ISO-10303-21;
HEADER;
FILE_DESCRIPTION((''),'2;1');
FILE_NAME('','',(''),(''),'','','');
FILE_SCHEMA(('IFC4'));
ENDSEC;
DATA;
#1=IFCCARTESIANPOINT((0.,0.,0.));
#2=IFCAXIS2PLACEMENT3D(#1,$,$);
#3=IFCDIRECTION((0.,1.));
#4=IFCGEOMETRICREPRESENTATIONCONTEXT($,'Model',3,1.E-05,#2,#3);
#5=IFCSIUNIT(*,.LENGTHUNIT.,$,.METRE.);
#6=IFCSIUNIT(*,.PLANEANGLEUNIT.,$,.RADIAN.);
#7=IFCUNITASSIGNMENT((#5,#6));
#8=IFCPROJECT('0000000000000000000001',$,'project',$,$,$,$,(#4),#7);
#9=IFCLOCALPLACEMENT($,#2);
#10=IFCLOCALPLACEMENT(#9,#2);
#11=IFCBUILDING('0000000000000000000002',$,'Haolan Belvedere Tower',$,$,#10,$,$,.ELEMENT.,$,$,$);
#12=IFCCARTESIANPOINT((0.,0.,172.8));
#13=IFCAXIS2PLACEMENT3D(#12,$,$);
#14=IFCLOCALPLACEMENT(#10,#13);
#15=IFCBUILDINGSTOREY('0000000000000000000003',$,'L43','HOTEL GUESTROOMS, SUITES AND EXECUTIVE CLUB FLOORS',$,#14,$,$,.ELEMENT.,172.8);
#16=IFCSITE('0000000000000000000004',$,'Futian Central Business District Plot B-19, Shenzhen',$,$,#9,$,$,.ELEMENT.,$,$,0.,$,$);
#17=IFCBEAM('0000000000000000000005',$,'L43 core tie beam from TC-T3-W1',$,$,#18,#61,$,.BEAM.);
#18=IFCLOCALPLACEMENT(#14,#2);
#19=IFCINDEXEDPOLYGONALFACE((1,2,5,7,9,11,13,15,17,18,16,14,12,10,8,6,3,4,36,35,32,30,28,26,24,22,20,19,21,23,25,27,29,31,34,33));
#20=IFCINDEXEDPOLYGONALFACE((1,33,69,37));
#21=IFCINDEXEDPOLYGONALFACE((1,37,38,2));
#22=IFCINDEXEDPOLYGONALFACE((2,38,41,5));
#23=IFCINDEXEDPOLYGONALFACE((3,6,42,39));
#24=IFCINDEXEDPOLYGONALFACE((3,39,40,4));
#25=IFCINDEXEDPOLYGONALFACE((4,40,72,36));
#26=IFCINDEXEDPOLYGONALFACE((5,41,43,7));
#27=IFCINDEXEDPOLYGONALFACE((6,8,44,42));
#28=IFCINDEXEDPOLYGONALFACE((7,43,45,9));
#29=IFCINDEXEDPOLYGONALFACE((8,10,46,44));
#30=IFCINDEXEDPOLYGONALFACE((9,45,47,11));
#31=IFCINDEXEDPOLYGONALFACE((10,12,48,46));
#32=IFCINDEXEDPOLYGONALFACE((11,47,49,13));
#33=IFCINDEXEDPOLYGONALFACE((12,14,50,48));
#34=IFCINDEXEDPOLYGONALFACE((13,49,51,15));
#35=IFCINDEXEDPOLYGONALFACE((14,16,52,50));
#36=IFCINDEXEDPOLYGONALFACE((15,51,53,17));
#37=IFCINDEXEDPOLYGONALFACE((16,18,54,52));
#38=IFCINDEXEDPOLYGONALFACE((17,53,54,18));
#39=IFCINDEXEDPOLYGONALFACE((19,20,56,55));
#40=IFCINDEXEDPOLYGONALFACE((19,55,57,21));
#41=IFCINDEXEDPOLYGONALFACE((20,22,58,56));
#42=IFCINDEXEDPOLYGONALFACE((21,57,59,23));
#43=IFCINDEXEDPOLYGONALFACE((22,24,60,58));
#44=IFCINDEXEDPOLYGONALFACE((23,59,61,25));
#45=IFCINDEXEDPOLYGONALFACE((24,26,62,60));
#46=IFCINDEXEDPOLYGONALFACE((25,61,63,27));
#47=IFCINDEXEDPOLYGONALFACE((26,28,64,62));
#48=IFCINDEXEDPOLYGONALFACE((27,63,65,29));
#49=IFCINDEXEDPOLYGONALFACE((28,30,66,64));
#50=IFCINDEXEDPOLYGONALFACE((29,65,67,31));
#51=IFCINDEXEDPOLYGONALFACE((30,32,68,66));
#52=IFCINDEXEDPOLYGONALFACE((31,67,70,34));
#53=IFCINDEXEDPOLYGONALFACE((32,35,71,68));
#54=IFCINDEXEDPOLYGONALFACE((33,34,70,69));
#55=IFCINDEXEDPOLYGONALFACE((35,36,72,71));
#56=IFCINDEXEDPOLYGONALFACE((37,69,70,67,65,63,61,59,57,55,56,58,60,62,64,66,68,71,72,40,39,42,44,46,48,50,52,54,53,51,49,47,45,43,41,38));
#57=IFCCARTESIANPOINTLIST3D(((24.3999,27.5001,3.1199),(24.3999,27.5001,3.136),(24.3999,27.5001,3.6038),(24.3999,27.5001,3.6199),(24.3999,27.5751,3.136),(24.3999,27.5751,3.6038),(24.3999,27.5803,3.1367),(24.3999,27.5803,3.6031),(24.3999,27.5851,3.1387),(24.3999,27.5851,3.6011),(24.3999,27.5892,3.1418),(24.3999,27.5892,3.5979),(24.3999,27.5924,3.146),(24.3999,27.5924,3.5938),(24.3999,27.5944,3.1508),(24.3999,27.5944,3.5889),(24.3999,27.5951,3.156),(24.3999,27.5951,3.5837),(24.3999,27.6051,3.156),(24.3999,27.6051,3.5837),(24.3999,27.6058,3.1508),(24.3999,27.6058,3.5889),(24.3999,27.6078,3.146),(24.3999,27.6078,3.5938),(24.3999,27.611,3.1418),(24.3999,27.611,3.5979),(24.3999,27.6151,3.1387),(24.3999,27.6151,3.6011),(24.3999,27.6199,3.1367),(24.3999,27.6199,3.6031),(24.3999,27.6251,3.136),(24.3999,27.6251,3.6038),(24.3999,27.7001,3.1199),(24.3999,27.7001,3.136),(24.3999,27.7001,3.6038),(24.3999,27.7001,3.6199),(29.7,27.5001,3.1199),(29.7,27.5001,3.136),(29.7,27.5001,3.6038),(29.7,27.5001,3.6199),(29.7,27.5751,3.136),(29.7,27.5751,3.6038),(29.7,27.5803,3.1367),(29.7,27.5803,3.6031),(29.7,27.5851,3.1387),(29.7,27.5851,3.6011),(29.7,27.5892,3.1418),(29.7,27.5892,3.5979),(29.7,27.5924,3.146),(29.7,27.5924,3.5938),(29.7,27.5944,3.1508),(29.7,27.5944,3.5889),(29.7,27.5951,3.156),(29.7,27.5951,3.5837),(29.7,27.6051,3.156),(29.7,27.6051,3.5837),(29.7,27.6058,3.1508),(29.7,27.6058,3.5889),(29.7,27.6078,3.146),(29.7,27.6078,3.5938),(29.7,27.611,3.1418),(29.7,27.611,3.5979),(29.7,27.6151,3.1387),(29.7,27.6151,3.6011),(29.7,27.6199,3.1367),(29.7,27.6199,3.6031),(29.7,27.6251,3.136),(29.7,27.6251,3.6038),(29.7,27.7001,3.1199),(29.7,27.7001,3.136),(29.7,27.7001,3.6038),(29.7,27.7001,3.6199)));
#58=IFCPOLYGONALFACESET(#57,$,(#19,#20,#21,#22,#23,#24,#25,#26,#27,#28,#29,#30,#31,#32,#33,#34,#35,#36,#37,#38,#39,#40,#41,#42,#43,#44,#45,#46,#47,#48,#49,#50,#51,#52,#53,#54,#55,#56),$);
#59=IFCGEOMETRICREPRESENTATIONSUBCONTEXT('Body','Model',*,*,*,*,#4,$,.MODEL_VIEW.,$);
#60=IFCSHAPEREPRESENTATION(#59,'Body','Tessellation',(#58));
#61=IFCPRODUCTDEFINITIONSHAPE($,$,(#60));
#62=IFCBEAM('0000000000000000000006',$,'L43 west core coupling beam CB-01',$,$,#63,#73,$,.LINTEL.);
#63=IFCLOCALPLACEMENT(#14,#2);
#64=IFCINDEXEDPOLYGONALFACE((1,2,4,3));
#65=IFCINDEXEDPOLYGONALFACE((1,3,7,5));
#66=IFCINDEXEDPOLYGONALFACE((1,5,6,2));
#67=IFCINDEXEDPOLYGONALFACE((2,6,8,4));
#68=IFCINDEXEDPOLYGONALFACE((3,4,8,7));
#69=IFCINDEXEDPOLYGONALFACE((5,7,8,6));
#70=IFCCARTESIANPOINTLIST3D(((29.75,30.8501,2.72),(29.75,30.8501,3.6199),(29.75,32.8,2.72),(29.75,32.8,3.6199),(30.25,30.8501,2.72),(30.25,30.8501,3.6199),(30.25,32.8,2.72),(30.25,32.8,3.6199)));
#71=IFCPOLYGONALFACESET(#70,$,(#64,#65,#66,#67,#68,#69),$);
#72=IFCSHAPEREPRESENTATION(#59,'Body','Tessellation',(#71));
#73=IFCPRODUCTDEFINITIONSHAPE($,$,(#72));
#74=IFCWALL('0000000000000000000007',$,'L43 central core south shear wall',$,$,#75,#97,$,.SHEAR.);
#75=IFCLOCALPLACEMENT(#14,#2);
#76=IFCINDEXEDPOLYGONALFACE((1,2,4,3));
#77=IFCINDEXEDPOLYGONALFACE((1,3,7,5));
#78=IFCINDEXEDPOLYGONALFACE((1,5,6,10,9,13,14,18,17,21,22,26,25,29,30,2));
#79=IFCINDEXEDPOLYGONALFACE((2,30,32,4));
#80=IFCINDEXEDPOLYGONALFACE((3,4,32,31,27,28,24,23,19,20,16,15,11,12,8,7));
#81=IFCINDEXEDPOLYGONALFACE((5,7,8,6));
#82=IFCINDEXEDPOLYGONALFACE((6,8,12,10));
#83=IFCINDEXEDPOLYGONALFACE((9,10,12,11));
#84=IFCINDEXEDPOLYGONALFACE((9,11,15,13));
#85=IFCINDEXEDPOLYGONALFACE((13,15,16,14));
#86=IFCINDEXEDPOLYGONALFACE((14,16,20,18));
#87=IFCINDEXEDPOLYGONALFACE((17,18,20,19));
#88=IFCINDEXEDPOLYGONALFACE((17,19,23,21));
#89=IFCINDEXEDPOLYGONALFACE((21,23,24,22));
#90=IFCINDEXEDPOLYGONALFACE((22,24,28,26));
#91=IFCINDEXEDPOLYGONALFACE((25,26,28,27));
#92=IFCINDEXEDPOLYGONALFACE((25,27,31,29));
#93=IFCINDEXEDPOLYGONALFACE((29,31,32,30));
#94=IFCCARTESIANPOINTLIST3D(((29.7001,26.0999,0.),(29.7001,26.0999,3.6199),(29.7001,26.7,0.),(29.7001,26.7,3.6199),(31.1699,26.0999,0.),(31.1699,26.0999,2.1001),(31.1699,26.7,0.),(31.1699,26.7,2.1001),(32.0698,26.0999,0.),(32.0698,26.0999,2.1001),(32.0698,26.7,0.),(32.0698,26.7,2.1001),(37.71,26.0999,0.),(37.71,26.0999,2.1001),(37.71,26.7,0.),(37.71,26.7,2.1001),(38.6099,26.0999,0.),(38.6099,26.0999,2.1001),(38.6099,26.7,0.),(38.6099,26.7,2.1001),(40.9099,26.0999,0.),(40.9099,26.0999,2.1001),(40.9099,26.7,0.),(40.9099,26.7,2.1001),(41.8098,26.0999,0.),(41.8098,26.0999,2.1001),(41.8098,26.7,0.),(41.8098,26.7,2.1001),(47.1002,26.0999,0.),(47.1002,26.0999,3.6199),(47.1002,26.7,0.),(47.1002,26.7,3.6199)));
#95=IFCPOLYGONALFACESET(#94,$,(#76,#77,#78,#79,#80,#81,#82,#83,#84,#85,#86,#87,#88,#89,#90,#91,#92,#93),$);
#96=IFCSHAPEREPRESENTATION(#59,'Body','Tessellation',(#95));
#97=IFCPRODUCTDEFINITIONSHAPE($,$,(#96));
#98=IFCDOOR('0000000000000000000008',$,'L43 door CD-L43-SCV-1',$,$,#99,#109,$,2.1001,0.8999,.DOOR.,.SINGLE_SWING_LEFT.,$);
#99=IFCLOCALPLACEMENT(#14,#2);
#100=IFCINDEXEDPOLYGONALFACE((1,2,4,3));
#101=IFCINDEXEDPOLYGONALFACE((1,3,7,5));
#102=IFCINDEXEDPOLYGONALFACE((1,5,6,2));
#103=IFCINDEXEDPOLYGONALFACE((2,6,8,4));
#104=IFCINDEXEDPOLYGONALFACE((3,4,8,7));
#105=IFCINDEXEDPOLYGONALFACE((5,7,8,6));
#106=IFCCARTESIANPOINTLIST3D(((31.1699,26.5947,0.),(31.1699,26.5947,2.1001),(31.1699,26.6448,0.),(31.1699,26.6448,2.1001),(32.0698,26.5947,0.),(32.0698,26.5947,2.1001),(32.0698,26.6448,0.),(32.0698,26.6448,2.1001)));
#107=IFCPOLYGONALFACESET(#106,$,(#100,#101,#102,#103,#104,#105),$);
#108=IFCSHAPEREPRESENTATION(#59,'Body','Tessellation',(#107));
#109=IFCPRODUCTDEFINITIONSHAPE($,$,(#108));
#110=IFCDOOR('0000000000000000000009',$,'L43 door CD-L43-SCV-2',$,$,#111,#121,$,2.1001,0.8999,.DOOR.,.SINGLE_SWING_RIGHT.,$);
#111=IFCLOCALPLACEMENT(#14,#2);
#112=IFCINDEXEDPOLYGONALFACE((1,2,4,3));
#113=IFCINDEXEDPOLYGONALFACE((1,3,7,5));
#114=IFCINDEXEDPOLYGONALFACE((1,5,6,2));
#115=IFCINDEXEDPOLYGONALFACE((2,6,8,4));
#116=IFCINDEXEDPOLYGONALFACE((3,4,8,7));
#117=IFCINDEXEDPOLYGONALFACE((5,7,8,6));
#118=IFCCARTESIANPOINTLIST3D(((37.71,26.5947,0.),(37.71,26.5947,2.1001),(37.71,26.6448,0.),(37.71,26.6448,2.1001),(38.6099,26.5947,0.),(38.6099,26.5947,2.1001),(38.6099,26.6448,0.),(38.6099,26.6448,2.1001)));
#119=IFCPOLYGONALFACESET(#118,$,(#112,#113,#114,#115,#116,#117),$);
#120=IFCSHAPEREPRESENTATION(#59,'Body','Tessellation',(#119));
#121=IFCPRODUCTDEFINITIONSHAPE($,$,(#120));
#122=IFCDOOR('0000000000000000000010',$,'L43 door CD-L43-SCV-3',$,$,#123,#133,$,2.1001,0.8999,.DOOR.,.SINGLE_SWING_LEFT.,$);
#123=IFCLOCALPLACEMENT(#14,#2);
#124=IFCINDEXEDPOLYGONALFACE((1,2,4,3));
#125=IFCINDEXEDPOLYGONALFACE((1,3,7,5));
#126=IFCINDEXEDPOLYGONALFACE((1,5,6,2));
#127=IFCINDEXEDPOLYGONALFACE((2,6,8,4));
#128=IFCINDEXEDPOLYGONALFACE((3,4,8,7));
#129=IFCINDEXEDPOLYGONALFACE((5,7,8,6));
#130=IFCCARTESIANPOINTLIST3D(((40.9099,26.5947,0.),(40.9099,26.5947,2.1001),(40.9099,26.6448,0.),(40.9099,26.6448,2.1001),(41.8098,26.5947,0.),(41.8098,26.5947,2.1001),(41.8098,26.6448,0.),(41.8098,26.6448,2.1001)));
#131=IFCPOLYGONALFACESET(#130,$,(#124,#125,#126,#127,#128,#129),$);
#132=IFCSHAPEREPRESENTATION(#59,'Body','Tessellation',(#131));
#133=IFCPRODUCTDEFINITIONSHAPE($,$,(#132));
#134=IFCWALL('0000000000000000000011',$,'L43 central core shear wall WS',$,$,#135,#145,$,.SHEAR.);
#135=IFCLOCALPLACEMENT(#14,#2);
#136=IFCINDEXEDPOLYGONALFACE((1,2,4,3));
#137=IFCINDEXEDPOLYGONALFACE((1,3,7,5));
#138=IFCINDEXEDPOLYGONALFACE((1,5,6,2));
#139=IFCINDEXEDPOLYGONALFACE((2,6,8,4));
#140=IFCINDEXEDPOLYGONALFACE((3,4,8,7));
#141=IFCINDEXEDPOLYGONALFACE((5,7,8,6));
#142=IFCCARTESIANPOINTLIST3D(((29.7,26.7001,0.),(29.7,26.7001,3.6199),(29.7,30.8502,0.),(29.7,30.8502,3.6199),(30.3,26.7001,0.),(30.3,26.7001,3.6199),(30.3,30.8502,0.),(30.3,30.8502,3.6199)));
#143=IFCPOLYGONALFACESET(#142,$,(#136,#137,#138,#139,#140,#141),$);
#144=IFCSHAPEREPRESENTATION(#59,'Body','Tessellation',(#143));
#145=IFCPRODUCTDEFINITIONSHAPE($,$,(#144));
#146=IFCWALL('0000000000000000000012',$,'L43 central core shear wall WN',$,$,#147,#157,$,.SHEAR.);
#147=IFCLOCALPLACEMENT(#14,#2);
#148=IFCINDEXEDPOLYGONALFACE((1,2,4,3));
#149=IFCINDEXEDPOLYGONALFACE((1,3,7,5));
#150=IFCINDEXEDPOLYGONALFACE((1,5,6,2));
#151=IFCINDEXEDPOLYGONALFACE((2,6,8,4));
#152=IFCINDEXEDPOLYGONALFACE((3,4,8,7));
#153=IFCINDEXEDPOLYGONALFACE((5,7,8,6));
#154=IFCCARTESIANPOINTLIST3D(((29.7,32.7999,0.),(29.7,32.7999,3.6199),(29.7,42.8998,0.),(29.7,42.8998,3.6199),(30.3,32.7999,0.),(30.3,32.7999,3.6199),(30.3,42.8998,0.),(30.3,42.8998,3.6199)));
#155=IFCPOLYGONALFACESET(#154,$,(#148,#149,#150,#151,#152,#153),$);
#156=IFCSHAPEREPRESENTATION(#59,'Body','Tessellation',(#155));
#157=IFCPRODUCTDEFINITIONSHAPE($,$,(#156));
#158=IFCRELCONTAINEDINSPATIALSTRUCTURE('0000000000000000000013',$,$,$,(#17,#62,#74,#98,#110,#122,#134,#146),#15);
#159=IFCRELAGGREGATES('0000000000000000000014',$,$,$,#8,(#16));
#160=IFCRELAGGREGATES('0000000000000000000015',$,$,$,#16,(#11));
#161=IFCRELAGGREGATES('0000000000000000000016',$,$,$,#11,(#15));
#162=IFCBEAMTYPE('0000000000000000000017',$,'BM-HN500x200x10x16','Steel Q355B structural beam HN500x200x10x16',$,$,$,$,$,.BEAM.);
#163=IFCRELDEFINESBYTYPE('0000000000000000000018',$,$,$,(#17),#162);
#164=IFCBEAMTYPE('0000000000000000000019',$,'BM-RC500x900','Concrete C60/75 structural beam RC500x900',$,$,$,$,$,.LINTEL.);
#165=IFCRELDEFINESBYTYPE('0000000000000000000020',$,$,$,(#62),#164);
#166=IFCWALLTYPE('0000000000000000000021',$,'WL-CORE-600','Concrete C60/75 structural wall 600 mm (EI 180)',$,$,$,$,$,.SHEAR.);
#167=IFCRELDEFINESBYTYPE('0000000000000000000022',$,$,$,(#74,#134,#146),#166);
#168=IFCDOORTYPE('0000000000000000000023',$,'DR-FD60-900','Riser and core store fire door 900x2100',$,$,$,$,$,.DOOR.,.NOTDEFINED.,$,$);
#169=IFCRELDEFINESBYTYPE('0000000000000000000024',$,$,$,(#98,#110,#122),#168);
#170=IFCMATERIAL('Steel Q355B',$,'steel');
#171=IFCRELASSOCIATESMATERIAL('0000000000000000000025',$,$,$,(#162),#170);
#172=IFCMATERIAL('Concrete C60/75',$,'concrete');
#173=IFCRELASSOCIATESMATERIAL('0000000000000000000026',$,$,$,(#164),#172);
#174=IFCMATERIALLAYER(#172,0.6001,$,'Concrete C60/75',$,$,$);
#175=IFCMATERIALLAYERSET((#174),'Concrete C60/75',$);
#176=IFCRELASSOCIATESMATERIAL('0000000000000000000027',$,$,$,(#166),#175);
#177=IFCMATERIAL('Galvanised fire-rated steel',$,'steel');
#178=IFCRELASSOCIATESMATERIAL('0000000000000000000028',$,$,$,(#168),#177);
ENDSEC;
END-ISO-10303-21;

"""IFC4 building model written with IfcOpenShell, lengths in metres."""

from ifc_helpers import new_model, si_unit, direction, frame, frame_2d, origin, origin_2d, place, context, subcontext, project, spatial, rectangle, i_section, extrude, material, layer, layer_set, material_profile, profile_set, type_object, element, fill, save


model = new_model("IFC4")

# Units and contexts
model_context = context("Model", 3, precision=1e-05, world=origin(), true_north=direction((0.0, 1.0)))
body_context = subcontext(model_context, "Body", "Model", "MODEL_VIEW")
ifc_project = project(units=[si_unit("LENGTHUNIT", "METRE"), si_unit("PLANEANGLEUNIT", "RADIAN")], contexts=[model_context])

# Site, building, storey
site_placement = place(None, origin())
site = spatial("IfcSite", under=ifc_project, at=site_placement, Name="Futian Central Business District Plot B-19, Shenzhen", CompositionType="ELEMENT", RefElevation=0.0)
building_placement = place(site_placement, origin())
building = spatial("IfcBuilding", under=site, at=building_placement, Name="Haolan Belvedere Tower", CompositionType="ELEMENT")
storey_placement = place(building_placement, frame((0.0, 0.0, 172.8)))
storey = spatial("IfcBuildingStorey", under=building, at=storey_placement, Name="L43", Description="HOTEL GUESTROOMS, SUITES AND EXECUTIVE CLUB FLOORS", CompositionType="ELEMENT", Elevation=172.8)

# Beams
ifc_material_1 = material(Name="Steel Q355B", Category="steel")
ifc_material_profile_1 = material_profile(ifc_material_1, i_section(OverallWidth=0.2, OverallDepth=0.5, WebThickness=0.01, FlangeThickness=0.0161, FilletRadius=0.02, at=origin_2d()), Name="Steel Q355B")
ifc_profile_set_1 = profile_set([ifc_material_profile_1], Name="Steel Q355B")
beam_type_1 = type_object("IfcBeamType", Name="BM-HN500x200x10x16", Description="Steel Q355B structural beam HN500x200x10x16", PredefinedType="BEAM", material=ifc_profile_set_1)
beam_1_placement = place(storey_placement, frame((24.3999, 27.6001, 3.3699), z_axis=(1.0, 0.0, 0.0), x_axis=(0.0, 1.0, 0.0)))
element("IfcBeam", 1, at=beam_1_placement, inside=storey, type_object=beam_type_1, Name="L43 core tie beam from TC-T3-W1", PredefinedType="BEAM", context=body_context, shape_type="SweptSolid", body=[
    extrude(i_section(OverallWidth=0.2, OverallDepth=0.5, WebThickness=0.01, FlangeThickness=0.0161, FilletRadius=0.02, at=origin_2d()), origin(), (0.0, 0.0, 1.0), 5.3),
])
ifc_material_2 = material(Name="Concrete C60/75", Category="concrete")
ifc_material_profile_2 = material_profile(ifc_material_2, rectangle(XDim=0.5, YDim=0.8999, at=origin_2d()), Name="Concrete C60/75")
ifc_profile_set_2 = profile_set([ifc_material_profile_2], Name="Concrete C60/75")
beam_type_2 = type_object("IfcBeamType", Name="BM-RC500x900", Description="Concrete C60/75 structural beam RC500x900", PredefinedType="LINTEL", material=ifc_profile_set_2)
beam_2_placement = place(storey_placement, frame((30.0, 30.8501, 3.1699), z_axis=(0.0, 1.0, 0.0), x_axis=(-1.0, 0.0, 0.0)))
element("IfcBeam", 2, at=beam_2_placement, inside=storey, type_object=beam_type_2, Name="L43 west core coupling beam CB-01", PredefinedType="LINTEL", context=body_context, shape_type="SweptSolid", body=[
    extrude(rectangle(XDim=0.5, YDim=0.8999, at=origin_2d()), origin(), (0.0, 0.0, 1.0), 1.95),
])

# Wall, openings, doors
ifc_layer_1 = layer(ifc_material_2, 0.6001, Name="Concrete C60/75")
ifc_layer_set_1 = layer_set([ifc_layer_1], Name="Concrete C60/75")
wall_type_1 = type_object("IfcWallType", Name="WL-CORE-600", Description="Concrete C60/75 structural wall 600 mm (EI 180)", PredefinedType="SHEAR", material=ifc_layer_set_1)
wall_1_placement = place(storey_placement, frame((29.7, 26.3999, 0.0), z_axis=(0.0, 0.0, 1.0), x_axis=(1.0, 0.0, 0.0)))
wall_1 = element("IfcWall", 3, at=wall_1_placement, inside=storey, type_object=wall_type_1, Name="L43 central core south shear wall", PredefinedType="SHEAR", context=body_context, shape_type="SweptSolid", body=[
    extrude(rectangle(XDim=17.4001, YDim=0.6001, at=frame_2d((8.7002, 0.0))), origin(), (0.0, 0.0, 1.0), 3.6199),
])
opening_1_placement = place(wall_1_placement, frame((2.3699, 0.0, 0.0), z_axis=(0.0, 0.0, 1.0), x_axis=(-1.0, 0.0, 0.0)))
opening_1 = element("IfcOpeningElement", 4, at=opening_1_placement, cuts=wall_1, PredefinedType="OPENING", context=body_context, shape_type="SweptSolid", body=[
    extrude(rectangle(XDim=0.8999, YDim=2.1001, at=frame_2d((0.45, 1.05))), frame((0.0, 0.3101, 0.0), z_axis=(0.0, -1.0, 0.0), x_axis=(1.0, 0.0, 0.0)), (0.0, 0.0, 1.0), 0.6201),
])
opening_2_placement = place(wall_1_placement, frame((8.9099, 0.0, 0.0), z_axis=(0.0, 0.0, 1.0), x_axis=(-1.0, 0.0, 0.0)))
opening_2 = element("IfcOpeningElement", 5, at=opening_2_placement, cuts=wall_1, PredefinedType="OPENING", context=body_context, shape_type="SweptSolid", body=[
    extrude(rectangle(XDim=0.8999, YDim=2.1001, at=frame_2d((0.45, 1.05))), frame((0.0, 0.3101, 0.0), z_axis=(0.0, -1.0, 0.0), x_axis=(1.0, 0.0, 0.0)), (0.0, 0.0, 1.0), 0.6201),
])
opening_3_placement = place(wall_1_placement, frame((12.1099, 0.0, 0.0), z_axis=(0.0, 0.0, 1.0), x_axis=(-1.0, 0.0, 0.0)))
opening_3 = element("IfcOpeningElement", 6, at=opening_3_placement, cuts=wall_1, PredefinedType="OPENING", context=body_context, shape_type="SweptSolid", body=[
    extrude(rectangle(XDim=0.8999, YDim=2.1001, at=frame_2d((0.45, 1.05))), frame((0.0, 0.3101, 0.0), z_axis=(0.0, -1.0, 0.0), x_axis=(1.0, 0.0, 0.0)), (0.0, 0.0, 1.0), 0.6201),
])
ifc_material_3 = material(Name="Galvanised fire-rated steel", Category="steel")
door_type_1 = type_object("IfcDoorType", Name="DR-FD60-900", Description="Riser and core store fire door 900x2100", OperationType="NOTDEFINED", PredefinedType="DOOR", material=ifc_material_3)
door_1_placement = place(opening_1_placement, origin())
door_1 = element("IfcDoor", 7, at=door_1_placement, inside=storey, type_object=door_type_1, Name="L43 door CD-L43-SCV-1", OperationType="SINGLE_SWING_LEFT", OverallHeight=2.1001, OverallWidth=0.8999, PredefinedType="DOOR", context=body_context, shape_type="SweptSolid", body=[
    extrude(rectangle(XDim=0.8999, YDim=2.1001, at=frame_2d((0.45, 1.05))), frame((0.0, -0.1948, 0.0), z_axis=(0.0, -1.0, 0.0), x_axis=(1.0, 0.0, 0.0)), (0.0, 0.0, 1.0), 0.05),
])
fill(opening_1, door_1)
door_2_placement = place(opening_2_placement, origin())
door_2 = element("IfcDoor", 8, at=door_2_placement, inside=storey, type_object=door_type_1, Name="L43 door CD-L43-SCV-2", OperationType="SINGLE_SWING_RIGHT", OverallHeight=2.1001, OverallWidth=0.8999, PredefinedType="DOOR", context=body_context, shape_type="SweptSolid", body=[
    extrude(rectangle(XDim=0.8999, YDim=2.1001, at=frame_2d((0.45, 1.05))), frame((0.0, -0.1948, 0.0), z_axis=(0.0, -1.0, 0.0), x_axis=(1.0, 0.0, 0.0)), (0.0, 0.0, 1.0), 0.05),
])
fill(opening_2, door_2)
door_3_placement = place(opening_3_placement, origin())
door_3 = element("IfcDoor", 9, at=door_3_placement, inside=storey, type_object=door_type_1, Name="L43 door CD-L43-SCV-3", OperationType="SINGLE_SWING_LEFT", OverallHeight=2.1001, OverallWidth=0.8999, PredefinedType="DOOR", context=body_context, shape_type="SweptSolid", body=[
    extrude(rectangle(XDim=0.8999, YDim=2.1001, at=frame_2d((0.45, 1.05))), frame((0.0, -0.1948, 0.0), z_axis=(0.0, -1.0, 0.0), x_axis=(1.0, 0.0, 0.0)), (0.0, 0.0, 1.0), 0.05),
])
fill(opening_3, door_3)

# Walls
wall_2_placement = place(storey_placement, frame((30.0, 26.7, 0.0), z_axis=(0.0, 0.0, 1.0), x_axis=(0.0, 1.0, 0.0)))
element("IfcWall", 10, at=wall_2_placement, inside=storey, type_object=wall_type_1, Name="L43 central core shear wall WS", PredefinedType="SHEAR", context=body_context, shape_type="SweptSolid", body=[
    extrude(rectangle(XDim=4.1501, YDim=0.6001, at=frame_2d((2.0752, 0.0))), origin(), (0.0, 0.0, 1.0), 3.6199),
])
wall_3_placement = place(storey_placement, frame((30.0, 32.8, 0.0), z_axis=(0.0, 0.0, 1.0), x_axis=(0.0, 1.0, 0.0)))
element("IfcWall", 11, at=wall_3_placement, inside=storey, type_object=wall_type_1, Name="L43 central core shear wall WN", PredefinedType="SHEAR", context=body_context, shape_type="SweptSolid", body=[
    extrude(rectangle(XDim=10.0999, YDim=0.6001, at=frame_2d((5.0498, 0.0))), origin(), (0.0, 0.0, 1.0), 3.6199),
])

save(model, "model.ifc")
